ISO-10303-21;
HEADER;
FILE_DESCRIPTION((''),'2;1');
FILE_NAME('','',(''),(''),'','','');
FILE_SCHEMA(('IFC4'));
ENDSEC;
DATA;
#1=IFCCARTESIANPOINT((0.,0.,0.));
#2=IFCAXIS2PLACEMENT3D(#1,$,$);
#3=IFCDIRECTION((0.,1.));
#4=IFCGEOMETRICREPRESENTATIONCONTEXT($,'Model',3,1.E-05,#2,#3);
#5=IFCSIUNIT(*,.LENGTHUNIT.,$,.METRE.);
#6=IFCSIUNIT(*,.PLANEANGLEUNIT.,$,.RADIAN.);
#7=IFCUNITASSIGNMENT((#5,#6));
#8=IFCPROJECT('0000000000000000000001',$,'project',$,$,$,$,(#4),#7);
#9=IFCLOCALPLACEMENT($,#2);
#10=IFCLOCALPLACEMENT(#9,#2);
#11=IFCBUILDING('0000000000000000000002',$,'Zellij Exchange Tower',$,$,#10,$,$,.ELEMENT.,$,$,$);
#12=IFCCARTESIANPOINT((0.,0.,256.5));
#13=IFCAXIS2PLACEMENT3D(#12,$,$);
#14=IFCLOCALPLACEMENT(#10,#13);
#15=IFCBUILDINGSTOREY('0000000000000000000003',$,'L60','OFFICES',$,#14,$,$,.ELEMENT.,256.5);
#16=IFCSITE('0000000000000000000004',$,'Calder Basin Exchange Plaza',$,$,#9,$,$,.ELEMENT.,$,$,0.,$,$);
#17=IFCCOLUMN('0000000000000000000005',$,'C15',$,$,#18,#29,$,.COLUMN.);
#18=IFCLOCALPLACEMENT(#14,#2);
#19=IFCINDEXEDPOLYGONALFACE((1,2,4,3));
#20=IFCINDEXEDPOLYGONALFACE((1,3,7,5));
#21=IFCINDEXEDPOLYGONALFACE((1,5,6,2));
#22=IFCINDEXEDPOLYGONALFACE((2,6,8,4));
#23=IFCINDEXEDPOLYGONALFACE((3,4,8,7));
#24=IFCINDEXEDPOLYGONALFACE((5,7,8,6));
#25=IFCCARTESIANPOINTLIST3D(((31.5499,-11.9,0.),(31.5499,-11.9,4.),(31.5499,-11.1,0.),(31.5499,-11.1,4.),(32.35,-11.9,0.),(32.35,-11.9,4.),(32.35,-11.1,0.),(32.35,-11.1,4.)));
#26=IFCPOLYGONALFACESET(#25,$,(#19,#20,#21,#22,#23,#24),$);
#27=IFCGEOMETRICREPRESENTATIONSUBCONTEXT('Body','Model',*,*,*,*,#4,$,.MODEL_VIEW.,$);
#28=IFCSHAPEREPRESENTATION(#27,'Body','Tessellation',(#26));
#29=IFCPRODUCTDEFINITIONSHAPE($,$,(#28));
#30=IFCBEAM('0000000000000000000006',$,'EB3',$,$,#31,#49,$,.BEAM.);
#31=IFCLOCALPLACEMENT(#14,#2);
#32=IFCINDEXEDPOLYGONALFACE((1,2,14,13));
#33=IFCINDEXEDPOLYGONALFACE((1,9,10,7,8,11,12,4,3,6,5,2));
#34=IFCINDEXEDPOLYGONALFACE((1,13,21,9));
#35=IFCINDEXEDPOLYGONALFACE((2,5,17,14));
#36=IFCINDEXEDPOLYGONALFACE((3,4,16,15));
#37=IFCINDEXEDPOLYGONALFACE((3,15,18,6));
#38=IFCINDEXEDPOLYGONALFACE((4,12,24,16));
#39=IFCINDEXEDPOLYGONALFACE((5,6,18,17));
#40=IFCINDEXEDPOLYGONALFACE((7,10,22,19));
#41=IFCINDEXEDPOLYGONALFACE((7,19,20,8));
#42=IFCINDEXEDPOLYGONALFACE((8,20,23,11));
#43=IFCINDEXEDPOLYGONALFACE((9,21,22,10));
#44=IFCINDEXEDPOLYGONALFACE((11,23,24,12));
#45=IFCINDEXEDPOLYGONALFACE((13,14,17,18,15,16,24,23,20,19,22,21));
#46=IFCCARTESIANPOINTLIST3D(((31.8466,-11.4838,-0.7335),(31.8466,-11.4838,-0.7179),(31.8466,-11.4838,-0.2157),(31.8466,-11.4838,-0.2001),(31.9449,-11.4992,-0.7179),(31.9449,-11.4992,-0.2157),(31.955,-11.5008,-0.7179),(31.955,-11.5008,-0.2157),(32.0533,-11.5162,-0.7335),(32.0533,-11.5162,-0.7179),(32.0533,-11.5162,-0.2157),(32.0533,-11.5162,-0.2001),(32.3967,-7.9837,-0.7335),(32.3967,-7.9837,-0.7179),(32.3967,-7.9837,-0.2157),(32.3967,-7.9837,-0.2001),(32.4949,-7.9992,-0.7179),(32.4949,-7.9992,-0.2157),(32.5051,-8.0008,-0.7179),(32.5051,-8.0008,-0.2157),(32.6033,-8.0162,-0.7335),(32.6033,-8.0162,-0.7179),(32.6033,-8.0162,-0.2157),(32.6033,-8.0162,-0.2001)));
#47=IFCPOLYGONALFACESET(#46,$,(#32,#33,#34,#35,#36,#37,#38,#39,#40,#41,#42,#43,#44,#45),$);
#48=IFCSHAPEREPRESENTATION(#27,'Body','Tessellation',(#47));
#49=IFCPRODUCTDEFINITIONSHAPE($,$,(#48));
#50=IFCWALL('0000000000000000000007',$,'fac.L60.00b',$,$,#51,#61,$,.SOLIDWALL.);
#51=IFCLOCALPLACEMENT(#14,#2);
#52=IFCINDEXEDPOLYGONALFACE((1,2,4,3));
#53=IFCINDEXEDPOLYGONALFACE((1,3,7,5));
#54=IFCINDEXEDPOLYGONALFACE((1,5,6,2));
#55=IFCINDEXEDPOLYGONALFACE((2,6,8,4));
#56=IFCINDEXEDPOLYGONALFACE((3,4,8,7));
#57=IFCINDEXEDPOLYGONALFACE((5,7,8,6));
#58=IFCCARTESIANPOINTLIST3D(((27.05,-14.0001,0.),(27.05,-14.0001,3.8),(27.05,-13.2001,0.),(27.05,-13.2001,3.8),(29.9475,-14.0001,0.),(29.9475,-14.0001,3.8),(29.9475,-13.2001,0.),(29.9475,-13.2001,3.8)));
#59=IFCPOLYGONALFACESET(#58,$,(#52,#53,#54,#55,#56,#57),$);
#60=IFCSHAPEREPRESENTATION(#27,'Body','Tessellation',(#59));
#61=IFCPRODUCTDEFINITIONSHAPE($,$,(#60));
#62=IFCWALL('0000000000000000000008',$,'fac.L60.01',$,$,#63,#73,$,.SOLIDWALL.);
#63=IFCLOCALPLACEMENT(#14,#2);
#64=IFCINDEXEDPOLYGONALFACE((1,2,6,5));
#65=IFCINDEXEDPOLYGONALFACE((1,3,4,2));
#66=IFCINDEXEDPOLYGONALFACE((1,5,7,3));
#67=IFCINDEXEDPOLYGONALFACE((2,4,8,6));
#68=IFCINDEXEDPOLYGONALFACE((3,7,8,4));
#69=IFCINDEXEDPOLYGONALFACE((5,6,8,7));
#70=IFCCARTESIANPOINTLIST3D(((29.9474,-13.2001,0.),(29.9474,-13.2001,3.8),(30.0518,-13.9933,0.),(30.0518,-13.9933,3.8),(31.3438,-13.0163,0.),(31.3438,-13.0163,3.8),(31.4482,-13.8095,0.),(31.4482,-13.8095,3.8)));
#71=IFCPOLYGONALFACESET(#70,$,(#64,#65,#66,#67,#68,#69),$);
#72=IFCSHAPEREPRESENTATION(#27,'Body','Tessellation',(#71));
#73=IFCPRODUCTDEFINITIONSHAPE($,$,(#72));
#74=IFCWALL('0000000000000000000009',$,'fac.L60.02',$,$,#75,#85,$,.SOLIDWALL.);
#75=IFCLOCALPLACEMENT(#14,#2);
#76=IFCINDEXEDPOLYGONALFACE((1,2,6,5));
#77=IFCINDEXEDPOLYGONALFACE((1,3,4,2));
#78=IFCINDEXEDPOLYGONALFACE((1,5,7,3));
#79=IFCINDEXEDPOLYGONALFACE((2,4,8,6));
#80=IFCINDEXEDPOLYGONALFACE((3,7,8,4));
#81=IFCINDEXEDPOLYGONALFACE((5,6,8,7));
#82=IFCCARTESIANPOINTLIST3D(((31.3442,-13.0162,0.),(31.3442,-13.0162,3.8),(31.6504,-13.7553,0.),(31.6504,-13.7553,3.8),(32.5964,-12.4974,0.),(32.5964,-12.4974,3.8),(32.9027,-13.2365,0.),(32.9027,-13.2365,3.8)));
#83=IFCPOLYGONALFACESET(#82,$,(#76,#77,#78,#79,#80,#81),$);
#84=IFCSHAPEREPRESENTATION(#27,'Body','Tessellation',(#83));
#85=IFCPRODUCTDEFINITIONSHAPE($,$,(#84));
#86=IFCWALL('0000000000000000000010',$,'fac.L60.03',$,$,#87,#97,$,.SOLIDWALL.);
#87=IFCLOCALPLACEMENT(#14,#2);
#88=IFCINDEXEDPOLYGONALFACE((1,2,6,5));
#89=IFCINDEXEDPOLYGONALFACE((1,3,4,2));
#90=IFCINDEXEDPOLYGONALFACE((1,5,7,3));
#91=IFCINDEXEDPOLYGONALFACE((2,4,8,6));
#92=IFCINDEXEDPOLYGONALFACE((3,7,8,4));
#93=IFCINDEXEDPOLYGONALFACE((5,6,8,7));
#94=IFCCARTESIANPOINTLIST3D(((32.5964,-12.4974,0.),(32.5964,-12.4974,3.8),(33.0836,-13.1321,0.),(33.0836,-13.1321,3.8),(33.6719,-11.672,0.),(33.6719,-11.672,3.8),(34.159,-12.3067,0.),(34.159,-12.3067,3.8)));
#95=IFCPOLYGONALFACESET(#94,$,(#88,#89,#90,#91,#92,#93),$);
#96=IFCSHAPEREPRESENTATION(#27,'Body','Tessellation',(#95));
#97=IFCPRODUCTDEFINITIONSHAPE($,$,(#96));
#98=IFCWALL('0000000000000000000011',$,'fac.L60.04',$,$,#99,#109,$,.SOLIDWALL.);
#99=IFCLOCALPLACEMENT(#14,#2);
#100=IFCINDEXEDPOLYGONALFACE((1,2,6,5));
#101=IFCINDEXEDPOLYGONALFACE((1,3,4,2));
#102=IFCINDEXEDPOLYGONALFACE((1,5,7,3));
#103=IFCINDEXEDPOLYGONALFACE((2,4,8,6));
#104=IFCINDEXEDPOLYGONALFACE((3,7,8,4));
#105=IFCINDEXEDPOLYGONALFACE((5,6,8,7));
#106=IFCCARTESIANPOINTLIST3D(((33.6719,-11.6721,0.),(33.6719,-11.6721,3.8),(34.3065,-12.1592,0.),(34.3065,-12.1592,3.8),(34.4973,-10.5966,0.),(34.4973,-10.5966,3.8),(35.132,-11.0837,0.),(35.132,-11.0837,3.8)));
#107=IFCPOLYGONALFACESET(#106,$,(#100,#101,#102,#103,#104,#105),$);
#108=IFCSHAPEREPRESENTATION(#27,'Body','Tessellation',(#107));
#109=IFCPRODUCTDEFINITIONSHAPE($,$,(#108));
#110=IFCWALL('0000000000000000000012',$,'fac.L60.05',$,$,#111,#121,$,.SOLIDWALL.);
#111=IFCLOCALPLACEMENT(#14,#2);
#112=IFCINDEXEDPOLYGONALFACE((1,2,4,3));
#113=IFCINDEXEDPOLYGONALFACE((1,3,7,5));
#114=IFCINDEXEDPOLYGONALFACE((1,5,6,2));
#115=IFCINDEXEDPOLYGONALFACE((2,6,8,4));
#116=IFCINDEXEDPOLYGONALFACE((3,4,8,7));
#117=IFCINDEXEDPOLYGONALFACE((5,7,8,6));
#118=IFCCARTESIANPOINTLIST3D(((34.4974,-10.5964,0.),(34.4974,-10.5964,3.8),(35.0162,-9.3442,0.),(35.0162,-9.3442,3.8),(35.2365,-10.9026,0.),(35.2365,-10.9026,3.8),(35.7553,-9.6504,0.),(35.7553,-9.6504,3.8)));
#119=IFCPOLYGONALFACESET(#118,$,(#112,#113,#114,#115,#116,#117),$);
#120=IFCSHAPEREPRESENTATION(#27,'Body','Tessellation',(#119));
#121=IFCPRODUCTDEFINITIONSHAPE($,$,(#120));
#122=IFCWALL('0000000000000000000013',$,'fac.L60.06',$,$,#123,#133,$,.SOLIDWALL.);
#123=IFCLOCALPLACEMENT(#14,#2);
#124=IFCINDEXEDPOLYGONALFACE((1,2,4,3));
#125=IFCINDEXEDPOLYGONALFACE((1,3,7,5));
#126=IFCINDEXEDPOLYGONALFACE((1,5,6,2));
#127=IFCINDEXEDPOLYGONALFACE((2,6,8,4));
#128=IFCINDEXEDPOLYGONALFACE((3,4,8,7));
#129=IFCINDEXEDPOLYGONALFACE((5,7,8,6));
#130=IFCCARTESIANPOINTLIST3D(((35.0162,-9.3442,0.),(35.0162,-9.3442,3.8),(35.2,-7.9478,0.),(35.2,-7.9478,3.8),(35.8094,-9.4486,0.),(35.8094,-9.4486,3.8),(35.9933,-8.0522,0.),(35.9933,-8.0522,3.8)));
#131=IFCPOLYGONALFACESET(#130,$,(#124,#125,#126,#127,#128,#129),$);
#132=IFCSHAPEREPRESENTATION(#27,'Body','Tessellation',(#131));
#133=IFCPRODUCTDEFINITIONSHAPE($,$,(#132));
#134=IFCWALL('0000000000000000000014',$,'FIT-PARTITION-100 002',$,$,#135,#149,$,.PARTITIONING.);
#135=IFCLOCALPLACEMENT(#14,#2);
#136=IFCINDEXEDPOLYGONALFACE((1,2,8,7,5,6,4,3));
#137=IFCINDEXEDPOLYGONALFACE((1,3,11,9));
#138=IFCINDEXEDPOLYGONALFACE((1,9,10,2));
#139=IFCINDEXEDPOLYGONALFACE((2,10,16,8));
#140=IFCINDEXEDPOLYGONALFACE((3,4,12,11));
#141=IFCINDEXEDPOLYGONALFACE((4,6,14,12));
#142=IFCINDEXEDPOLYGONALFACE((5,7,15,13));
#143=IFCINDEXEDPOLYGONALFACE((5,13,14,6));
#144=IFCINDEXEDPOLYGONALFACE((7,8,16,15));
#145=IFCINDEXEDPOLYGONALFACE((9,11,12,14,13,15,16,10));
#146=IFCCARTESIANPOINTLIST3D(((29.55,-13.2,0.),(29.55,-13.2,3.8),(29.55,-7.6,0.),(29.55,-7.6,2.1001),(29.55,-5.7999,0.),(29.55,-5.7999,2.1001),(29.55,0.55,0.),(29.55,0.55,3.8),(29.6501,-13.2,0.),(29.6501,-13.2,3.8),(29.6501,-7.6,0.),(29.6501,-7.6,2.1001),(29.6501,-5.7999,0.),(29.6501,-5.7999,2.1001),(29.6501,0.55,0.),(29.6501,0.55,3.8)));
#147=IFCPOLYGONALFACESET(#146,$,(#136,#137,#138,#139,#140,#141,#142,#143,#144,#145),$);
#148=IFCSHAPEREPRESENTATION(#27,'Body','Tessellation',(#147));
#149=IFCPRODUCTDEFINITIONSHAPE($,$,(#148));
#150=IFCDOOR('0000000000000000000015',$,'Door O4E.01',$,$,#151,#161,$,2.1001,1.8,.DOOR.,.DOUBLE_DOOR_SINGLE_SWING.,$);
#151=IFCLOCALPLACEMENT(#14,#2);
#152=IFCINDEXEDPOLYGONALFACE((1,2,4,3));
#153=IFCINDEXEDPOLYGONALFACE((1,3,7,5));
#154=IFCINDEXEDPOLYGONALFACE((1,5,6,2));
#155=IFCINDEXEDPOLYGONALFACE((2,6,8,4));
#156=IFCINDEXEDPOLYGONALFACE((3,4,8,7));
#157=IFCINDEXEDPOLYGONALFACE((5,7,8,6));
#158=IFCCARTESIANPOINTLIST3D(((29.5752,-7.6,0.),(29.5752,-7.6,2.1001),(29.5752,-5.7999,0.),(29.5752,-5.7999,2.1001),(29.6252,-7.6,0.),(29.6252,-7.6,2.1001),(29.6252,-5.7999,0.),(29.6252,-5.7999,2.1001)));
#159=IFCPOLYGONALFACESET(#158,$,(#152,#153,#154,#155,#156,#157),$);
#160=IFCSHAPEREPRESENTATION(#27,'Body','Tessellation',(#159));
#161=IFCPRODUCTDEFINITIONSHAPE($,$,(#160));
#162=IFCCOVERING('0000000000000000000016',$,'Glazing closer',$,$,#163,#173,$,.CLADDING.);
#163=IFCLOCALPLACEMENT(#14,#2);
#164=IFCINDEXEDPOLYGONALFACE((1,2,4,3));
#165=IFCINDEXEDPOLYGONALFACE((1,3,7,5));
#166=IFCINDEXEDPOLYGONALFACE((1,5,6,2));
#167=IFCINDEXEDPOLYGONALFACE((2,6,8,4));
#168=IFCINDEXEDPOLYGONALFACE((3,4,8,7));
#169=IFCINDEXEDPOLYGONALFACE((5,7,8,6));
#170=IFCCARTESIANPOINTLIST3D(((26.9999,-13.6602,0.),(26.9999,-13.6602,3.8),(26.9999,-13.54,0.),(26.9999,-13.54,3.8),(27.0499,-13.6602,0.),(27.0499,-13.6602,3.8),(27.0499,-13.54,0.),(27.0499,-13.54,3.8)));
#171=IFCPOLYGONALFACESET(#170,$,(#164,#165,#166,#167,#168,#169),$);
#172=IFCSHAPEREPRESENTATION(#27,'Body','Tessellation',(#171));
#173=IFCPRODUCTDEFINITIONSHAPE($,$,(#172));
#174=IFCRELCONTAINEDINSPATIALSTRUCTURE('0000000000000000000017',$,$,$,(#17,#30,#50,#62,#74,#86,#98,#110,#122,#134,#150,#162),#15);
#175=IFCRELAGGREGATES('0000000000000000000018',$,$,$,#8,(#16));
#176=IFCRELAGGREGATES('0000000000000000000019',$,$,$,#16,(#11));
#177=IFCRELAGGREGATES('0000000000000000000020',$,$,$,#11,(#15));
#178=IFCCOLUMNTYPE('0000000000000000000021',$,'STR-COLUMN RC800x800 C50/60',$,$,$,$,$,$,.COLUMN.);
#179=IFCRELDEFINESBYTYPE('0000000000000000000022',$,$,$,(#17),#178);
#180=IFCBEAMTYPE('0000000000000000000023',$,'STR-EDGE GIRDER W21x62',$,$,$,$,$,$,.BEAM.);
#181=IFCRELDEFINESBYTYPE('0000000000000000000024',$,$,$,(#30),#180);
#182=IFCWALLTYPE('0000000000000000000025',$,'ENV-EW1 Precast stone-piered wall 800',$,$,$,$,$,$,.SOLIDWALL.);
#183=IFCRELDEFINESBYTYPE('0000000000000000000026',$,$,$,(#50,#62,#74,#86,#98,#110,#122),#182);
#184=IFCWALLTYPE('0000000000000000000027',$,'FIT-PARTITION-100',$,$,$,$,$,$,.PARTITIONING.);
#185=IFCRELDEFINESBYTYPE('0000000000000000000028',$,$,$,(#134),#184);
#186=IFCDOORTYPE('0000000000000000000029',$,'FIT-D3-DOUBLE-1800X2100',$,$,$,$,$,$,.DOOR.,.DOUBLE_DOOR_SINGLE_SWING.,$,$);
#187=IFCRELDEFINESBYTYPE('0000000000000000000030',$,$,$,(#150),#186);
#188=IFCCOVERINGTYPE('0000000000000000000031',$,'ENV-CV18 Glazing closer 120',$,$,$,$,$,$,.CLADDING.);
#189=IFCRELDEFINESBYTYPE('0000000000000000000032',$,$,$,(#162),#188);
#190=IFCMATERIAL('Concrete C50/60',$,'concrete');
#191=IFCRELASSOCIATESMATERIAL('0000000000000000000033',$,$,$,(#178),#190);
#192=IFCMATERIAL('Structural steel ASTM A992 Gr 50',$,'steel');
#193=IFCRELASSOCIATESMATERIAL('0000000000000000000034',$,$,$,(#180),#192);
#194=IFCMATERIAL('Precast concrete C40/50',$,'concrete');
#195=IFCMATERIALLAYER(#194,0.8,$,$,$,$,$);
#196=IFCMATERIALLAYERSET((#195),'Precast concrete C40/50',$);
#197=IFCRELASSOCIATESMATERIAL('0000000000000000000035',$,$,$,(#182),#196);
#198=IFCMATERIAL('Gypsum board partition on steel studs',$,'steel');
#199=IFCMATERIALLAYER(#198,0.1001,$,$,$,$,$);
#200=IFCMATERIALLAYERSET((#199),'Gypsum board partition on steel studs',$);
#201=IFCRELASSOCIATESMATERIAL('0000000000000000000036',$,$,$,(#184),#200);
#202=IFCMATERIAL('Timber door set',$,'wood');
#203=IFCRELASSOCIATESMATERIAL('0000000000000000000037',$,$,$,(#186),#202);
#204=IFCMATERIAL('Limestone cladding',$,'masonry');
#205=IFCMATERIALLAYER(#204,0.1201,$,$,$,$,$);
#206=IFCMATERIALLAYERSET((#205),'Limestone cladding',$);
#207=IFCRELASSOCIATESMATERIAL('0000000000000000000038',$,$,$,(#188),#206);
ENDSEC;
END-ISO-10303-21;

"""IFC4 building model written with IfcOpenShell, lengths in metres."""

from ifc_helpers import new_model, si_unit, direction, frame, frame_2d, origin, origin_2d, place, context, subcontext, project, spatial, rectangle, i_section, extrude, material, layer, layer_set, material_profile, profile_set, type_object, element, fill, save


model = new_model("IFC4")

# Units and contexts
model_context = context("Model", 3, precision=1e-05, world=origin(), true_north=direction((0.0, 1.0)))
body_context = subcontext(model_context, "Body", "Model", "MODEL_VIEW")
ifc_project = project(units=[si_unit("LENGTHUNIT", "METRE"), si_unit("PLANEANGLEUNIT", "RADIAN")], contexts=[model_context])

# Site, building, storey
site_placement = place(None, origin())
site = spatial("IfcSite", under=ifc_project, at=site_placement, Name="Calder Basin Exchange Plaza", CompositionType="ELEMENT", RefElevation=0.0)
building_placement = place(site_placement, origin())
building = spatial("IfcBuilding", under=site, at=building_placement, Name="Zellij Exchange Tower", CompositionType="ELEMENT")
storey_placement = place(building_placement, frame((0.0, 0.0, 256.5)))
storey = spatial("IfcBuildingStorey", under=building, at=storey_placement, Name="L60", Description="OFFICES", CompositionType="ELEMENT", Elevation=256.5)

# Column
ifc_material_1 = material(Name="Concrete C50/60", Category="concrete")
ifc_material_profile_1 = material_profile(ifc_material_1, rectangle(XDim=0.8, YDim=0.8, at=origin_2d()), Name="STR-COLUMN RC800x800 C50/60")
ifc_profile_set_1 = profile_set([ifc_material_profile_1], Name="Concrete C50/60")
column_type = type_object("IfcColumnType", Name="STR-COLUMN RC800x800 C50/60", PredefinedType="COLUMN", material=ifc_profile_set_1)
column_placement = place(storey_placement, frame((31.95, -11.5, 0.0), z_axis=(0.0, 0.0, 1.0), x_axis=(1.0, 0.0, 0.0)))
element("IfcColumn", 1, at=column_placement, inside=storey, type_object=column_type, Name="C15", PredefinedType="COLUMN", context=body_context, shape_type="SweptSolid", body=[
    extrude(rectangle(XDim=0.8, YDim=0.8, at=origin_2d()), origin(), (0.0, 0.0, 1.0), 4.0),
])

# Beam
ifc_material_2 = material(Name="Structural steel ASTM A992 Gr 50", Category="steel")
ifc_material_profile_2 = material_profile(ifc_material_2, i_section(OverallWidth=0.2092, OverallDepth=0.5334, WebThickness=0.0103, FlangeThickness=0.0156, at=origin_2d()), Name="W21x62")
ifc_profile_set_2 = profile_set([ifc_material_profile_2], Name="Structural steel ASTM A992 Gr 50")
beam_type = type_object("IfcBeamType", Name="STR-EDGE GIRDER W21x62", PredefinedType="BEAM", material=ifc_profile_set_2)
beam_placement = place(storey_placement, frame((31.95, -11.5, -0.4668), z_axis=(0.155251, 0.987875, 0.0), x_axis=(-0.987875, 0.155251, 0.0)))
element("IfcBeam", 2, at=beam_placement, inside=storey, type_object=beam_type, Name="EB3", PredefinedType="BEAM", context=body_context, shape_type="SweptSolid", body=[
    extrude(i_section(OverallWidth=0.2092, OverallDepth=0.5334, WebThickness=0.0103, FlangeThickness=0.0156, at=origin_2d()), origin(), (0.0, 0.0, 1.0), 3.543),
])

# Walls
ifc_material_3 = material(Name="Precast concrete C40/50", Category="concrete")
ifc_layer_1 = layer(ifc_material_3, 0.8)
ifc_layer_set_1 = layer_set([ifc_layer_1], Name="Precast concrete C40/50")
wall_type_1 = type_object("IfcWallType", Name="ENV-EW1 Precast stone-piered wall 800", PredefinedType="SOLIDWALL", material=ifc_layer_set_1)
wall_1_placement = place(storey_placement, frame((27.05, -13.6001, 0.0), z_axis=(0.0, 0.0, 1.0), x_axis=(1.0, 0.0, 0.0)))
element("IfcWall", 3, at=wall_1_placement, inside=storey, type_object=wall_type_1, Name="fac.L60.00b", PredefinedType="SOLIDWALL", context=body_context, shape_type="SweptSolid", body=[
    extrude(rectangle(XDim=2.8975, YDim=0.8, at=frame_2d((1.4487, 0.0))), origin(), (0.0, 0.0, 1.0), 3.8),
])
wall_2_placement = place(storey_placement, frame((29.9998, -13.5967, 0.0), z_axis=(0.0, 0.0, 1.0), x_axis=(0.991446, 0.130517, 0.0)))
element("IfcWall", 4, at=wall_2_placement, inside=storey, type_object=wall_type_1, Name="fac.L60.01", PredefinedType="SOLIDWALL", context=body_context, shape_type="SweptSolid", body=[
    extrude(rectangle(XDim=1.4084, YDim=0.8, at=frame_2d((0.7041, 0.0))), origin(), (0.0, 0.0, 1.0), 3.8),
])
wall_3_placement = place(storey_placement, frame((31.4973, -13.3857, 0.0), z_axis=(0.0, 0.0, 1.0), x_axis=(0.923848, 0.38276, 0.0)))
element("IfcWall", 5, at=wall_3_placement, inside=storey, type_object=wall_type_1, Name="fac.L60.02", PredefinedType="SOLIDWALL", context=body_context, shape_type="SweptSolid", body=[
    extrude(rectangle(XDim=1.3555, YDim=0.8, at=frame_2d((0.6777, 0.0))), origin(), (0.0, 0.0, 1.0), 3.8),
])
for number, where, z_axis, x_axis, name in (
    (6, (32.8401, -12.8147, 0.0), (0.0, 0.0, 1.0), (0.793273, 0.608866, 0.0), "fac.L60.03"),
    (7, (33.9893, -11.9155, 0.0), (0.0, 0.0, 1.0), (0.608866, 0.793273, 0.0), "fac.L60.04"),
):
    element("IfcWall", number, at=place(storey_placement, frame(where, z_axis=z_axis, x_axis=x_axis)), inside=storey, type_object=wall_type_1, Name=name, PredefinedType="SOLIDWALL", context=body_context, shape_type="SweptSolid", body=[
        extrude(rectangle(XDim=1.3557, YDim=0.8, at=frame_2d((0.6777, 0.0))), origin(), (0.0, 0.0, 1.0), 3.8),
    ])
wall_4_placement = place(storey_placement, frame((34.8669, -10.7495, 0.0), z_axis=(0.0, 0.0, 1.0), x_axis=(0.38276, 0.923848, 0.0)))
element("IfcWall", 8, at=wall_4_placement, inside=storey, type_object=wall_type_1, Name="fac.L60.05", PredefinedType="SOLIDWALL", context=body_context, shape_type="SweptSolid", body=[
    extrude(rectangle(XDim=1.3555, YDim=0.8, at=frame_2d((0.6777, 0.0))), origin(), (0.0, 0.0, 1.0), 3.8),
])
wall_5_placement = place(storey_placement, frame((35.4128, -9.3962, 0.0), z_axis=(0.0, 0.0, 1.0), x_axis=(0.130517, 0.991446, 0.0)))
element("IfcWall", 9, at=wall_5_placement, inside=storey, type_object=wall_type_1, Name="fac.L60.06", PredefinedType="SOLIDWALL", context=body_context, shape_type="SweptSolid", body=[
    extrude(rectangle(XDim=1.4084, YDim=0.8, at=frame_2d((0.7041, 0.0))), origin(), (0.0, 0.0, 1.0), 3.8),
])

# Wall, opening, door
ifc_material_4 = material(Name="Gypsum board partition on steel studs", Category="steel")
ifc_layer_2 = layer(ifc_material_4, 0.1001)
ifc_layer_set_2 = layer_set([ifc_layer_2], Name="Gypsum board partition on steel studs")
wall_type_2 = type_object("IfcWallType", Name="FIT-PARTITION-100", PredefinedType="PARTITIONING", material=ifc_layer_set_2)
wall_6_placement = place(storey_placement, frame((29.6001, -13.2, 0.0), z_axis=(0.0, 0.0, 1.0), x_axis=(0.0, 1.0, 0.0)))
wall_6 = element("IfcWall", 10, at=wall_6_placement, inside=storey, type_object=wall_type_2, Name="FIT-PARTITION-100 002", PredefinedType="PARTITIONING", context=body_context, shape_type="SweptSolid", body=[
    extrude(rectangle(XDim=13.75, YDim=0.1001, at=frame_2d((6.875, 0.0))), origin(), (0.0, 0.0, 1.0), 3.8),
])
opening_placement = place(wall_6_placement, frame((5.6001, 0.0, 0.0)))
opening = element("IfcOpeningElement", 11, at=opening_placement, cuts=wall_6, PredefinedType="OPENING", context=body_context, shape_type="SweptSolid", body=[
    extrude(rectangle(XDim=1.8, YDim=2.1001, at=frame_2d((0.8999, 1.05))), frame((0.0, 0.062, 0.0), z_axis=(0.0, -1.0, 0.0), x_axis=(1.0, 0.0, 0.0)), (0.0, 0.0, 1.0), 0.124),
])
ifc_material_5 = material(Name="Timber door set", Category="wood")
door_type = type_object("IfcDoorType", Name="FIT-D3-DOUBLE-1800X2100", OperationType="DOUBLE_DOOR_SINGLE_SWING", PredefinedType="DOOR", material=ifc_material_5)
door_placement = place(opening_placement, origin())
door = element("IfcDoor", 12, at=door_placement, inside=storey, type_object=door_type, Name="Door O4E.01", OperationType="DOUBLE_DOOR_SINGLE_SWING", OverallHeight=2.1001, OverallWidth=1.8, PredefinedType="DOOR", context=body_context, shape_type="SweptSolid", body=[
    extrude(rectangle(XDim=1.8, YDim=2.1001, at=frame_2d((0.8999, 1.05))), frame((0.0, 0.0249, 0.0), z_axis=(0.0, -1.0, 0.0), x_axis=(1.0, 0.0, 0.0)), (0.0, 0.0, 1.0), 0.05),
])
fill(opening, door)

# Covering
ifc_material_6 = material(Name="Limestone cladding", Category="masonry")
ifc_layer_3 = layer(ifc_material_6, 0.1201)
ifc_layer_set_3 = layer_set([ifc_layer_3], Name="Limestone cladding")
covering_type = type_object("IfcCoveringType", Name="ENV-CV18 Glazing closer 120", PredefinedType="CLADDING", material=ifc_layer_set_3)
covering_placement = place(storey_placement, frame((27.0249, -13.6001, 0.0), z_axis=(0.0, 0.0, 1.0), x_axis=(-1.0, 0.0, 0.0)))
element("IfcCovering", 13, at=covering_placement, inside=storey, type_object=covering_type, Name="Glazing closer", PredefinedType="CLADDING", context=body_context, shape_type="SweptSolid", body=[
    extrude(rectangle(XDim=0.05, YDim=0.1201, at=origin_2d()), origin(), (0.0, 0.0, 1.0), 3.8),
])

save(model, "model.ifc")
